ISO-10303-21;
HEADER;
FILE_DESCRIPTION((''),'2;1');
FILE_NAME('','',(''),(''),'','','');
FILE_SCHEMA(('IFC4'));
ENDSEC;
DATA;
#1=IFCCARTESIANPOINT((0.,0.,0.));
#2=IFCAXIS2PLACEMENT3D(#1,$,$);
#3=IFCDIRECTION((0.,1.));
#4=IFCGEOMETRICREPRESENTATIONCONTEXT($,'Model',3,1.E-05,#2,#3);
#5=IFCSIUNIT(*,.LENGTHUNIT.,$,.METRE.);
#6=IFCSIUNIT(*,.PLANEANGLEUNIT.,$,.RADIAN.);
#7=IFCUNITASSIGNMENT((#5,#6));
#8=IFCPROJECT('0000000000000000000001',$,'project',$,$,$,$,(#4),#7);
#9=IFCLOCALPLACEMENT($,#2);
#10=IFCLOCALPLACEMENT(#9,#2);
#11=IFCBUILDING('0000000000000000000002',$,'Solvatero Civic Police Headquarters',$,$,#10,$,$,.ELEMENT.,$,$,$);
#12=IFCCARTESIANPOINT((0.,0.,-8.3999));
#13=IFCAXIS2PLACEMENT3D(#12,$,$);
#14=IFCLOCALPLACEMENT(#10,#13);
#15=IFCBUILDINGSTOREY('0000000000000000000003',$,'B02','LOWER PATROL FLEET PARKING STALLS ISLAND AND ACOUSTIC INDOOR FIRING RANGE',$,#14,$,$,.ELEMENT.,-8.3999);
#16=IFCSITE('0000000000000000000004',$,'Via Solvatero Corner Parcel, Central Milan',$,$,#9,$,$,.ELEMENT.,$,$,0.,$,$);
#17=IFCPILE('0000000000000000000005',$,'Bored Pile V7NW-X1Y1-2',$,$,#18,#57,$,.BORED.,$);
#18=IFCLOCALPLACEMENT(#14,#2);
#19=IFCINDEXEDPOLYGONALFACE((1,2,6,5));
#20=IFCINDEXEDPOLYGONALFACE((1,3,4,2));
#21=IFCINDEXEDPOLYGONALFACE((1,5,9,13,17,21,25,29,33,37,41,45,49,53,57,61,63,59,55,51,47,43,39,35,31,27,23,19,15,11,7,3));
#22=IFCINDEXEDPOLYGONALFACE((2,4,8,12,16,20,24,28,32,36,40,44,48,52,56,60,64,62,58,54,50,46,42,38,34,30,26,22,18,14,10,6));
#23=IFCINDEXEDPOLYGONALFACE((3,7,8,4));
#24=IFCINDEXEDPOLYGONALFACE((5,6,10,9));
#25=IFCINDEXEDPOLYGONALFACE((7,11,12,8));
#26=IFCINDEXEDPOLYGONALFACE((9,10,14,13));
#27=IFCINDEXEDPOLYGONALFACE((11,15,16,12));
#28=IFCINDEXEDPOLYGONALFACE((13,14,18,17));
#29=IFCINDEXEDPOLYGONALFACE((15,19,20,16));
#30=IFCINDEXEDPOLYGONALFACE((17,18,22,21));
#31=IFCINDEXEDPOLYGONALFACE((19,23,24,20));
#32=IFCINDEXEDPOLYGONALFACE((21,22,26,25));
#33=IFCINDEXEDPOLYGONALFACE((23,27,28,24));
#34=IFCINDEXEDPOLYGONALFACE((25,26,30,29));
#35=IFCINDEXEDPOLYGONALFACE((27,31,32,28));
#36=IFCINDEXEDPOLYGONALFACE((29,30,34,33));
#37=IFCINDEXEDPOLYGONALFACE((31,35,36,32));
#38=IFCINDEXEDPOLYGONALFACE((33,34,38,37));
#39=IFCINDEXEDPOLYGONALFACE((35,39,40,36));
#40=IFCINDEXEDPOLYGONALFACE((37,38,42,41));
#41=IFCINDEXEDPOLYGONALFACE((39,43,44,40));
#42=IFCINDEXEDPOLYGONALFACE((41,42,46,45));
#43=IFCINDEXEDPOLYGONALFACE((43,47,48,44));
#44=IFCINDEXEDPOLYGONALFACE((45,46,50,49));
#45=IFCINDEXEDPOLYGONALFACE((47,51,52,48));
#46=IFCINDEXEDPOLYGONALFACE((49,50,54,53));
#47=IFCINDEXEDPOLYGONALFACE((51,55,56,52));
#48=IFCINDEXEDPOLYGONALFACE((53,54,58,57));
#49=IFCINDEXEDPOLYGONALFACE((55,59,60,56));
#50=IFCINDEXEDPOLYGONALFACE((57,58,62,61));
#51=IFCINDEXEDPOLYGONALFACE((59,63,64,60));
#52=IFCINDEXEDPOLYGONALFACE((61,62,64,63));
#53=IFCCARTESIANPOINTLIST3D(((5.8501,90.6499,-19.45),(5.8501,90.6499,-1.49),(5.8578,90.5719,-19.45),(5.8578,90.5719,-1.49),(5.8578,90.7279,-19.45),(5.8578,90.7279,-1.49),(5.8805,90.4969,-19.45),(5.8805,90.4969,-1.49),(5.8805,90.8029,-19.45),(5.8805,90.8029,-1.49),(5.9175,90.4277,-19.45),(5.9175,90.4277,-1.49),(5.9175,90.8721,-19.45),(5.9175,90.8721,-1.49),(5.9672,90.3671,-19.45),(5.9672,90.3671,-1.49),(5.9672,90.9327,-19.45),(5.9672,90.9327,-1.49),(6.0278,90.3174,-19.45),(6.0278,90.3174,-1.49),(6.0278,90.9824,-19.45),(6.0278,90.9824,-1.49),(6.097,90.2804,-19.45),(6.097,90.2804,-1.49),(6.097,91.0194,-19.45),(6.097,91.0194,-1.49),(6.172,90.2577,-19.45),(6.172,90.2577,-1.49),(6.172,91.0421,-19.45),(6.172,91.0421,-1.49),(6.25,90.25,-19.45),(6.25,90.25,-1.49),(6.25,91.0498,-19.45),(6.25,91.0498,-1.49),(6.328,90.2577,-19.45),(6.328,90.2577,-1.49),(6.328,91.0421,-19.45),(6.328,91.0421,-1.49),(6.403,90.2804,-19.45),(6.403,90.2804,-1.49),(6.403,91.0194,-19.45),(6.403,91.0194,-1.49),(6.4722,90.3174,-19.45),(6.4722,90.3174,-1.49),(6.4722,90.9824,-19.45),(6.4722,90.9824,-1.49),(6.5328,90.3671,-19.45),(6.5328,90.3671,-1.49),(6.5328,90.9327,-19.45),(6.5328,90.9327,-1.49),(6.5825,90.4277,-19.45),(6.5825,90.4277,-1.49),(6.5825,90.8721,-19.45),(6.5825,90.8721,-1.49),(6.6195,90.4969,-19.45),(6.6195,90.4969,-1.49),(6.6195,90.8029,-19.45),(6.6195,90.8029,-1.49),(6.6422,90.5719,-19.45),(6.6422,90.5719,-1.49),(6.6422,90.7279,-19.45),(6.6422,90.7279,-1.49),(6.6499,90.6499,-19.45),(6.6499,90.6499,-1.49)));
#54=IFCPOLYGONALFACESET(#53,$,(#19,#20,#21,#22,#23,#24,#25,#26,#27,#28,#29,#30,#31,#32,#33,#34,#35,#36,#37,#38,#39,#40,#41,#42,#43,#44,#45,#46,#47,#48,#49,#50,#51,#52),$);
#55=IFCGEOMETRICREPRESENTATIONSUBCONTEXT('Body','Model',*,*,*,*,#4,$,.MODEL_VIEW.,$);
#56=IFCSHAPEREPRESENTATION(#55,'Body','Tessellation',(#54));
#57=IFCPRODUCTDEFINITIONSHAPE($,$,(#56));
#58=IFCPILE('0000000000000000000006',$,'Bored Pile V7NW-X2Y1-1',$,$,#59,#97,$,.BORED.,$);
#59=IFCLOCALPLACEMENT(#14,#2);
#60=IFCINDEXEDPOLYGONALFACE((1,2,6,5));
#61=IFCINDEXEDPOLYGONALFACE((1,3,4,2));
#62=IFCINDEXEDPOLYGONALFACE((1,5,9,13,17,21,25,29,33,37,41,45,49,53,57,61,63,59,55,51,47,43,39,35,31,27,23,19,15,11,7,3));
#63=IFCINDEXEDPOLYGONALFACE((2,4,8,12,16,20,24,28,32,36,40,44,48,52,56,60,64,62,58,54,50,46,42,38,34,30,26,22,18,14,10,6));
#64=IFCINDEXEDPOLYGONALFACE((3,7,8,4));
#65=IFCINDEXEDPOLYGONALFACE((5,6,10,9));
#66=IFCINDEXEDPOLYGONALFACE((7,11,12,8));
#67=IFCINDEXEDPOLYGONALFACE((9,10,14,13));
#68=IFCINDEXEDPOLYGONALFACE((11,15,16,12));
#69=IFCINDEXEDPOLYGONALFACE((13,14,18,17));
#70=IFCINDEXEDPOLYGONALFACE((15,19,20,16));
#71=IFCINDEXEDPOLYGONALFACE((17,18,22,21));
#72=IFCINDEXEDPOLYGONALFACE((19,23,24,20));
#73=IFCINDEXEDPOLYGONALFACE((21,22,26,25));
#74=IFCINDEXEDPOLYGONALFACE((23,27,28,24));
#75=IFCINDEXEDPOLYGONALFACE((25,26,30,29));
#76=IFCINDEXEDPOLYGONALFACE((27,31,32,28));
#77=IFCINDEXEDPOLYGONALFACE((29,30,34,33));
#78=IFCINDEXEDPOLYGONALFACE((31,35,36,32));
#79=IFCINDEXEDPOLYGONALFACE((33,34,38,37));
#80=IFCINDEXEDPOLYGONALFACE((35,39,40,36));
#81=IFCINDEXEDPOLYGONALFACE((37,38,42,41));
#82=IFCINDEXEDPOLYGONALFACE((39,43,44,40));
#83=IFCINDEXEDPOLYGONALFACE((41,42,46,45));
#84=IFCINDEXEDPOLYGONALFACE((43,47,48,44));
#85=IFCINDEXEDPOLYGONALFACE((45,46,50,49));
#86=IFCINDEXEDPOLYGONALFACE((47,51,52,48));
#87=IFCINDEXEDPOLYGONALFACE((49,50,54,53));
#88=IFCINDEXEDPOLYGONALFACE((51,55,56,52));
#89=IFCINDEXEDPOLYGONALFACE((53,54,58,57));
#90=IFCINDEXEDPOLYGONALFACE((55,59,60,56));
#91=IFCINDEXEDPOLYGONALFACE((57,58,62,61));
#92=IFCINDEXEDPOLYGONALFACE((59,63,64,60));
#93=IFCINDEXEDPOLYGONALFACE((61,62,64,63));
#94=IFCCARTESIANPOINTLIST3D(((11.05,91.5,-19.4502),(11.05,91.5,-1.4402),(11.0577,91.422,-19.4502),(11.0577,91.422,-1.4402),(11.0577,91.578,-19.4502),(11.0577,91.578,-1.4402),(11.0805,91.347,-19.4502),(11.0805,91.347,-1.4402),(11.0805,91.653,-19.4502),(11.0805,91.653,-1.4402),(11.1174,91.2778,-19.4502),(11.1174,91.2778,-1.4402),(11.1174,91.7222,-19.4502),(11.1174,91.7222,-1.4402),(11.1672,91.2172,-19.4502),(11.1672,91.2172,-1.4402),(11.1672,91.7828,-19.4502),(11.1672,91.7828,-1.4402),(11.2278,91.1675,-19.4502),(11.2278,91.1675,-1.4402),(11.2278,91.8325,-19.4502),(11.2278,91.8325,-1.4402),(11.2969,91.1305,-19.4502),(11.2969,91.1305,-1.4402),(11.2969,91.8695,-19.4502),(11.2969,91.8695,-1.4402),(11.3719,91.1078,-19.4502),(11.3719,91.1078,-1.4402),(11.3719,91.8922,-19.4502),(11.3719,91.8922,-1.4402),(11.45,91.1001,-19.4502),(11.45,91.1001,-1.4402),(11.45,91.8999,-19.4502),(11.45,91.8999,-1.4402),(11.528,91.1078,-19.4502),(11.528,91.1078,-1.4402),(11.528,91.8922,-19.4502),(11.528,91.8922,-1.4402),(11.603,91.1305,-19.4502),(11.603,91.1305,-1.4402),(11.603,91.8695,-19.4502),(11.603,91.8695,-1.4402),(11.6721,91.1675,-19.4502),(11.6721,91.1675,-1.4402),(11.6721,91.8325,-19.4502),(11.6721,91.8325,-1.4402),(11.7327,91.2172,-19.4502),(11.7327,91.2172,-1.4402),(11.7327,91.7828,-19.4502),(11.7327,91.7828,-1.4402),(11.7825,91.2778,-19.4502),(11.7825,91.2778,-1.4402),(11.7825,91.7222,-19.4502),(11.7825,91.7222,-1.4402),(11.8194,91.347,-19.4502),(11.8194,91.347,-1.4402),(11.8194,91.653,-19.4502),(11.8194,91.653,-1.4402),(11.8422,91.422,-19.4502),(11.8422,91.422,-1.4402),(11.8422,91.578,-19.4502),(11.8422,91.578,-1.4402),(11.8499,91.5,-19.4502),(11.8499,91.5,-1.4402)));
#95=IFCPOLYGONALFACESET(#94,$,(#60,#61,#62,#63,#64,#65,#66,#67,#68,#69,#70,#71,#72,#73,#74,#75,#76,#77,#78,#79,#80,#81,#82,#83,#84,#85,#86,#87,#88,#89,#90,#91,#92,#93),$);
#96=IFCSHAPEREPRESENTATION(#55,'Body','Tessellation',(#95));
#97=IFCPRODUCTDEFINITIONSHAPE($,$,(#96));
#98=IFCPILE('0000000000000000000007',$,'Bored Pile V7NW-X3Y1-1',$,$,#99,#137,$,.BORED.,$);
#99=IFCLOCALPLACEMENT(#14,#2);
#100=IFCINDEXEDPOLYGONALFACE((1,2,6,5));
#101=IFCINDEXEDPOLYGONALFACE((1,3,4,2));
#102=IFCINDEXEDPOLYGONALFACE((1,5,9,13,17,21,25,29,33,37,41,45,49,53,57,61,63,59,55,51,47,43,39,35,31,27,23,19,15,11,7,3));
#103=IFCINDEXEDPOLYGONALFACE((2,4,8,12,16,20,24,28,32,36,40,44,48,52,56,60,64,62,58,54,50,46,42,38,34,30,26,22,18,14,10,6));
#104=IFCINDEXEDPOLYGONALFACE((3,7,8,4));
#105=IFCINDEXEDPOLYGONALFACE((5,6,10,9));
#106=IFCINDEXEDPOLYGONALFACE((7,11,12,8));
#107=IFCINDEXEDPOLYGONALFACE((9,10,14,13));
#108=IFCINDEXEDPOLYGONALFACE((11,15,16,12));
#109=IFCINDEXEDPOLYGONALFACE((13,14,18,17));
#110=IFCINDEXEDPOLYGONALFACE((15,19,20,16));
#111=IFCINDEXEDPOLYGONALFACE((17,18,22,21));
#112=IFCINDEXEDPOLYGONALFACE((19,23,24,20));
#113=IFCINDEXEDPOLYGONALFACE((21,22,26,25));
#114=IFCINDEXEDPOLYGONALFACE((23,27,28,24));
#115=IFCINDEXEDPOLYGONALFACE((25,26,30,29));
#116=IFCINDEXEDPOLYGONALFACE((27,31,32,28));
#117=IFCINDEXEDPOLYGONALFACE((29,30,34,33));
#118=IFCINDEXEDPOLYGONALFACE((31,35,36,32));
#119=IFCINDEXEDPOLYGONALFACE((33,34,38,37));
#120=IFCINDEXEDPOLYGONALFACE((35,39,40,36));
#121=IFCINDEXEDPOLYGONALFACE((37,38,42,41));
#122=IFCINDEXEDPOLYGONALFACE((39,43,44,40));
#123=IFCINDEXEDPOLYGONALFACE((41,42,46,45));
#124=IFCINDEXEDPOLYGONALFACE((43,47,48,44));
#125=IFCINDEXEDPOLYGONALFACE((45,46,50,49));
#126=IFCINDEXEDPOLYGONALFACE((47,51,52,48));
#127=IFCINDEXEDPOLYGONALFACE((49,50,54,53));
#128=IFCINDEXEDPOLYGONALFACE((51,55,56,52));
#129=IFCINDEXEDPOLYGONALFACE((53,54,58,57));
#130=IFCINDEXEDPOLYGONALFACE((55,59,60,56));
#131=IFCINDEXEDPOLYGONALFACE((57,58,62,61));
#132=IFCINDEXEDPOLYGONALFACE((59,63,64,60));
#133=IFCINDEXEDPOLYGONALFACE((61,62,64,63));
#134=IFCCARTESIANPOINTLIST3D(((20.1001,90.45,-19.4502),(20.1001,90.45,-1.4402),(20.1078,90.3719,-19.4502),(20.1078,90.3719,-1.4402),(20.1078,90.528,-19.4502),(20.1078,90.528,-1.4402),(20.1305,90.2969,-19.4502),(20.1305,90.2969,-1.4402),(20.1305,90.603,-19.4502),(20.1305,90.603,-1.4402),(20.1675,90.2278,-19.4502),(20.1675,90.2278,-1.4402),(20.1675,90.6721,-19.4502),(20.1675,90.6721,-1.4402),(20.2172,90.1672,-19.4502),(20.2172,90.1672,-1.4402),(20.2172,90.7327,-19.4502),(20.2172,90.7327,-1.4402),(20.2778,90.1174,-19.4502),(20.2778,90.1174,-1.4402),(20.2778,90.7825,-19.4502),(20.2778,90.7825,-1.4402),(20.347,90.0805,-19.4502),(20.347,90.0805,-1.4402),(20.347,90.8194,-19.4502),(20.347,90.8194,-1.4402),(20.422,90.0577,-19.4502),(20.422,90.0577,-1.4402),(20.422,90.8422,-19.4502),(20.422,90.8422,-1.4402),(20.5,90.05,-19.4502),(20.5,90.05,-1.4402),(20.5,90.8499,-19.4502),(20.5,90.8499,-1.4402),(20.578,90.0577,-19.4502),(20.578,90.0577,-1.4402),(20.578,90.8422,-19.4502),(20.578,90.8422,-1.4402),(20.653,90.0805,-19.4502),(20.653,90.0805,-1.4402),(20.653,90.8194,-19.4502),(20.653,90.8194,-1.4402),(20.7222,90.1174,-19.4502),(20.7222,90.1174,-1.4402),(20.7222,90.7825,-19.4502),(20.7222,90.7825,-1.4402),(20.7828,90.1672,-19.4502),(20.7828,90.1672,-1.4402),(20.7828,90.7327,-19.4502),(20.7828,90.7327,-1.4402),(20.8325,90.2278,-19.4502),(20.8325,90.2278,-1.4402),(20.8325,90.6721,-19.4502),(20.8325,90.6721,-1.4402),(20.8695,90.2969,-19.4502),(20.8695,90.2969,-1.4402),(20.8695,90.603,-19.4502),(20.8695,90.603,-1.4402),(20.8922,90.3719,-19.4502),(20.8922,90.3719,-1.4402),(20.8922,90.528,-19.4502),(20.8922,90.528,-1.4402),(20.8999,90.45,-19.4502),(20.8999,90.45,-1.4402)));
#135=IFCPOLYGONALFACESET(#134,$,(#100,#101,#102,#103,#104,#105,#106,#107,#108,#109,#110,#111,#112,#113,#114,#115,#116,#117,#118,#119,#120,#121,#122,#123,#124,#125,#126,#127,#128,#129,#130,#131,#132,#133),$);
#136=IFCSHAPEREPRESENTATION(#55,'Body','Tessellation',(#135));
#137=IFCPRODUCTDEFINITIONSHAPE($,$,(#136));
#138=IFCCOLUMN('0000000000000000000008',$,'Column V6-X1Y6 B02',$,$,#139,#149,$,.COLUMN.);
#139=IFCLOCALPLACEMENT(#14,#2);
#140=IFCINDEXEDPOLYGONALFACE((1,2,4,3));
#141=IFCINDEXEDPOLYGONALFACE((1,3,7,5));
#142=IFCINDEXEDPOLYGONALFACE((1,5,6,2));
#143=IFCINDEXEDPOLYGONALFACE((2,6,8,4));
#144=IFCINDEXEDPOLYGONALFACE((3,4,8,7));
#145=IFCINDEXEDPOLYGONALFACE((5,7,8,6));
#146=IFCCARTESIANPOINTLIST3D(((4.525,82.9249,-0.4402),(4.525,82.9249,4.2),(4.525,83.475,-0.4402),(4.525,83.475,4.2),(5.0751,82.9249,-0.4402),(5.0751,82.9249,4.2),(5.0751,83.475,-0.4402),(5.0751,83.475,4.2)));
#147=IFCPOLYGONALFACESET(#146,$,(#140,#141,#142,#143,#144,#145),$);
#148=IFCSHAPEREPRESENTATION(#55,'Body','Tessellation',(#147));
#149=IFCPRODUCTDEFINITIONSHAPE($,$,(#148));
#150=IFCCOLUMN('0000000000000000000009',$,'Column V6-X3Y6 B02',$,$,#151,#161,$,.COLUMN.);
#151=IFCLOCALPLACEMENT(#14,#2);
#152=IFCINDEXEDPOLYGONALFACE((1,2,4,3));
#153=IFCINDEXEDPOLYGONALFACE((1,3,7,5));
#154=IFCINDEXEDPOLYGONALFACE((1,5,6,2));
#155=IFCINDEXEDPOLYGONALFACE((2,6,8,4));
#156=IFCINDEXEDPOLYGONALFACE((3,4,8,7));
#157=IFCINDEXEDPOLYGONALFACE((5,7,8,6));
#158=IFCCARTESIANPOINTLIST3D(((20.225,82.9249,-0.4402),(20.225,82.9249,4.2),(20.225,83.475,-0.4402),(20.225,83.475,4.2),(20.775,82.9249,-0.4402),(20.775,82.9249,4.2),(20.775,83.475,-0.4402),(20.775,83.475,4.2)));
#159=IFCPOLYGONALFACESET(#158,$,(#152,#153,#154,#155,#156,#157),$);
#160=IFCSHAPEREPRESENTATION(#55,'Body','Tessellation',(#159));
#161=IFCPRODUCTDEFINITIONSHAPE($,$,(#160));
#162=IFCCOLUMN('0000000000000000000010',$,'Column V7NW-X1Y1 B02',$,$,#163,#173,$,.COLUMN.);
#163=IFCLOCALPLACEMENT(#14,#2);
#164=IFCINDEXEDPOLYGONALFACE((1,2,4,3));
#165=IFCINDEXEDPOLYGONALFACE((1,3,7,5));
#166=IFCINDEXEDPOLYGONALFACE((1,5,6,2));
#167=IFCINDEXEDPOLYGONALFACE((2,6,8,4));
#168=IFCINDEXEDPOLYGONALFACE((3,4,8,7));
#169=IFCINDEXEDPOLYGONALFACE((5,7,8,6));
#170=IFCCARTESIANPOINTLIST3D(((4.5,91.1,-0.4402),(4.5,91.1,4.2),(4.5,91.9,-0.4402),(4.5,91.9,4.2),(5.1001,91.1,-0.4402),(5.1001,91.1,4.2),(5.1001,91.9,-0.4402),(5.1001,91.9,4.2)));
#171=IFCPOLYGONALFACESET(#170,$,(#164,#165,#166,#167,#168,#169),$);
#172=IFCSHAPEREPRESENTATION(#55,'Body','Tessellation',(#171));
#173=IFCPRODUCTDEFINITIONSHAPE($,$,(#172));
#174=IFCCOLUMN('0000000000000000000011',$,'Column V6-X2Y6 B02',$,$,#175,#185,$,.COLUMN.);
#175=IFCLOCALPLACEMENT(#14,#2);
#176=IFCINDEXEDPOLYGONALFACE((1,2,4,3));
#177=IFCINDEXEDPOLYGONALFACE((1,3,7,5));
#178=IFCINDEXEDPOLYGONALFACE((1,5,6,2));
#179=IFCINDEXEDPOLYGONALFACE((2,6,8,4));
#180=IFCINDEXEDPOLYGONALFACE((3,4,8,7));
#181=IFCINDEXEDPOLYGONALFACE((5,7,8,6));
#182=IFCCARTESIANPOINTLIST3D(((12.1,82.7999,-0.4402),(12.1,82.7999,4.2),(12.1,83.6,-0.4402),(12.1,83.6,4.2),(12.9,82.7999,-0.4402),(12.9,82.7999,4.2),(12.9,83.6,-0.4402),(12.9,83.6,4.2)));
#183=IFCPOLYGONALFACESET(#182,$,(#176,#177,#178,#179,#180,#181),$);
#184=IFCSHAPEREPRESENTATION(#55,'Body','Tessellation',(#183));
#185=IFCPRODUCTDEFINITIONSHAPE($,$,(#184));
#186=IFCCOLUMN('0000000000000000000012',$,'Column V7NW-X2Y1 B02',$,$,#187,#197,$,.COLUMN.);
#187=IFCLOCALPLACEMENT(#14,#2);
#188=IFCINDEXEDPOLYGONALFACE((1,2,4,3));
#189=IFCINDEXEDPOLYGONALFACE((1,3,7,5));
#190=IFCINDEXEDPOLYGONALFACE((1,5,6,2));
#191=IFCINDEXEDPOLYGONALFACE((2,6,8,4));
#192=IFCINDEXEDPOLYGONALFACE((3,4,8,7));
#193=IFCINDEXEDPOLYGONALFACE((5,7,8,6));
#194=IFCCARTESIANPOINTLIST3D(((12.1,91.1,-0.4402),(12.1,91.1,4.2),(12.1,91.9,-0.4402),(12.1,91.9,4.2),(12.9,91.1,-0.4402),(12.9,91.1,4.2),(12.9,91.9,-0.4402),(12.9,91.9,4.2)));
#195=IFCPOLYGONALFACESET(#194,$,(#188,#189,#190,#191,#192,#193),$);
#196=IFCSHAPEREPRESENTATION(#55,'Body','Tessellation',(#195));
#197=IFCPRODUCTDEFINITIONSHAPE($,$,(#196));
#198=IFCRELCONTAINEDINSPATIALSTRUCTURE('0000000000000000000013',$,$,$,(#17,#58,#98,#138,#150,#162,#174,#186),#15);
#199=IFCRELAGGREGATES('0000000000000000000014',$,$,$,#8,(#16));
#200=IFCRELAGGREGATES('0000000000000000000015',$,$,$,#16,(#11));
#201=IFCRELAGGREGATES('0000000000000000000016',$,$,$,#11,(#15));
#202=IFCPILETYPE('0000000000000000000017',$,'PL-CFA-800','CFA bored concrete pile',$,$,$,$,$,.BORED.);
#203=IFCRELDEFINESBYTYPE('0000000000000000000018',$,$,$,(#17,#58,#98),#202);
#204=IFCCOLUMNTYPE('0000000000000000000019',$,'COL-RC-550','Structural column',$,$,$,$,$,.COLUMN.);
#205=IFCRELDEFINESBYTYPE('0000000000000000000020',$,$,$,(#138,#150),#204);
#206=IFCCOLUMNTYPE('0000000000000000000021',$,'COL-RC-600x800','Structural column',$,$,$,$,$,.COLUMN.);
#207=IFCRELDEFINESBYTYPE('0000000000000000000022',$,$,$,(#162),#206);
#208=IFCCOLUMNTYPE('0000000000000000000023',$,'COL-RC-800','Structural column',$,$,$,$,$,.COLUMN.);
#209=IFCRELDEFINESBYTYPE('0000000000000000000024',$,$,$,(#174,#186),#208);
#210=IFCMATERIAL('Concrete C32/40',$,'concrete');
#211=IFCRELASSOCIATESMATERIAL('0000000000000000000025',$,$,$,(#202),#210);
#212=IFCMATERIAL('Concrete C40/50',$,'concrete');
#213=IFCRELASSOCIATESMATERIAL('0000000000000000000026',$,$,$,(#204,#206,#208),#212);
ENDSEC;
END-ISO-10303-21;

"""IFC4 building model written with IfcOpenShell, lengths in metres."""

from ifc_helpers import new_model, si_unit, direction, frame, origin, origin_2d, place, context, subcontext, project, spatial, rectangle, circle, extrude, material, material_profile, profile_set, type_object, element, save


model = new_model("IFC4")

# Units and contexts
model_context = context("Model", 3, precision=1e-05, world=origin(), true_north=direction((0.0, 1.0)))
body_context = subcontext(model_context, "Body", "Model", "MODEL_VIEW")
ifc_project = project(units=[si_unit("LENGTHUNIT", "METRE"), si_unit("PLANEANGLEUNIT", "RADIAN")], contexts=[model_context])

# Site, building, storey
site_placement = place(None, origin())
site = spatial("IfcSite", under=ifc_project, at=site_placement, Name="Via Solvatero Corner Parcel, Central Milan", CompositionType="ELEMENT", RefElevation=0.0)
building_placement = place(site_placement, origin())
building = spatial("IfcBuilding", under=site, at=building_placement, Name="Solvatero Civic Police Headquarters", CompositionType="ELEMENT")
storey_placement = place(building_placement, frame((0.0, 0.0, -8.3999)))
storey = spatial("IfcBuildingStorey", under=building, at=storey_placement, Name="B02", Description="LOWER PATROL FLEET PARKING STALLS ISLAND AND ACOUSTIC INDOOR FIRING RANGE", CompositionType="ELEMENT", Elevation=-8.3999)

# Piles
ifc_material_1 = material(Name="Concrete C32/40", Category="concrete")
ifc_material_profile_1 = material_profile(ifc_material_1, circle(Radius=0.3999, at=origin_2d()), Name="CFA PILE D800")
ifc_profile_set_1 = profile_set([ifc_material_profile_1], Name="Concrete C32/40")
pile_type_1 = type_object("IfcPileType", Name="PL-CFA-800", Description="CFA bored concrete pile", PredefinedType="BORED", material=ifc_profile_set_1)
for number, where, z_axis, x_axis, name in (
    (1, (6.25, 90.6499, -1.49), (0.0, 0.0, -1.0), (1.0, 0.0, 0.0), "Bored Pile V7NW-X1Y1-2"),
):
    element("IfcPile", number, at=place(storey_placement, frame(where, z_axis=z_axis, x_axis=x_axis)), inside=storey, type_object=pile_type_1, Name=name, PredefinedType="BORED", context=body_context, shape_type="SweptSolid", body=[
        extrude(circle(Radius=0.3999, at=origin_2d()), origin(), (0.0, 0.0, 1.0), 17.96),
    ])
for number, where, z_axis, x_axis, name in (
    (2, (11.45, 91.5, -1.4402), (0.0, 0.0, -1.0), (1.0, 0.0, 0.0), "Bored Pile V7NW-X2Y1-1"),
    (3, (20.5, 90.45, -1.4402), (0.0, 0.0, -1.0), (1.0, 0.0, 0.0), "Bored Pile V7NW-X3Y1-1"),
):
    element("IfcPile", number, at=place(storey_placement, frame(where, z_axis=z_axis, x_axis=x_axis)), inside=storey, type_object=pile_type_1, Name=name, PredefinedType="BORED", context=body_context, shape_type="SweptSolid", body=[
        extrude(circle(Radius=0.3999, at=origin_2d()), origin(), (0.0, 0.0, 1.0), 18.01),
    ])

# Columns
ifc_material_2 = material(Name="Concrete C40/50", Category="concrete")
ifc_material_profile_2 = material_profile(ifc_material_2, rectangle(XDim=0.55, YDim=0.55, at=origin_2d()), Name="RC 550x550")
ifc_profile_set_2 = profile_set([ifc_material_profile_2], Name="Concrete C40/50")
column_type_1 = type_object("IfcColumnType", Name="COL-RC-550", Description="Structural column", PredefinedType="COLUMN", material=ifc_profile_set_2)
for number, where, z_axis, x_axis, name in (
    (4, (4.8, 83.2, -0.4402), (0.0, 0.0, 1.0), (1.0, 0.0, 0.0), "Column V6-X1Y6 B02"),
    (5, (20.5, 83.2, -0.4402), (0.0, 0.0, 1.0), (1.0, 0.0, 0.0), "Column V6-X3Y6 B02"),
):
    element("IfcColumn", number, at=place(storey_placement, frame(where, z_axis=z_axis, x_axis=x_axis)), inside=storey, type_object=column_type_1, Name=name, PredefinedType="COLUMN", context=body_context, shape_type="SweptSolid", body=[
        extrude(rectangle(XDim=0.55, YDim=0.55, at=origin_2d()), origin(), (0.0, 0.0, 1.0), 4.6401),
    ])
ifc_material_profile_3 = material_profile(ifc_material_2, rectangle(XDim=0.6001, YDim=0.8, at=origin_2d()), Name="RC 600x800")
ifc_profile_set_3 = profile_set([ifc_material_profile_3], Name="Concrete C40/50")
column_type_2 = type_object("IfcColumnType", Name="COL-RC-600x800", Description="Structural column", PredefinedType="COLUMN", material=ifc_profile_set_3)
column_placement = place(storey_placement, frame((4.8, 91.5, -0.4402), z_axis=(0.0, 0.0, 1.0), x_axis=(1.0, 0.0, 0.0)))
element("IfcColumn", 6, at=column_placement, inside=storey, type_object=column_type_2, Name="Column V7NW-X1Y1 B02", PredefinedType="COLUMN", context=body_context, shape_type="SweptSolid", body=[
    extrude(rectangle(XDim=0.6001, YDim=0.8, at=origin_2d()), origin(), (0.0, 0.0, 1.0), 4.6401),
])
ifc_material_profile_4 = material_profile(ifc_material_2, rectangle(XDim=0.8, YDim=0.8, at=origin_2d()), Name="RC 800x800")
ifc_profile_set_4 = profile_set([ifc_material_profile_4], Name="Concrete C40/50")
column_type_3 = type_object("IfcColumnType", Name="COL-RC-800", Description="Structural column", PredefinedType="COLUMN", material=ifc_profile_set_4)
for number, where, z_axis, x_axis, name in (
    (7, (12.5, 83.2, -0.4402), (0.0, 0.0, 1.0), (1.0, 0.0, 0.0), "Column V6-X2Y6 B02"),
    (8, (12.5, 91.5, -0.4402), (0.0, 0.0, 1.0), (1.0, 0.0, 0.0), "Column V7NW-X2Y1 B02"),
):
    element("IfcColumn", number, at=place(storey_placement, frame(where, z_axis=z_axis, x_axis=x_axis)), inside=storey, type_object=column_type_3, Name=name, PredefinedType="COLUMN", context=body_context, shape_type="SweptSolid", body=[
        extrude(rectangle(XDim=0.8, YDim=0.8, at=origin_2d()), origin(), (0.0, 0.0, 1.0), 4.6401),
    ])

save(model, "model.ifc")
